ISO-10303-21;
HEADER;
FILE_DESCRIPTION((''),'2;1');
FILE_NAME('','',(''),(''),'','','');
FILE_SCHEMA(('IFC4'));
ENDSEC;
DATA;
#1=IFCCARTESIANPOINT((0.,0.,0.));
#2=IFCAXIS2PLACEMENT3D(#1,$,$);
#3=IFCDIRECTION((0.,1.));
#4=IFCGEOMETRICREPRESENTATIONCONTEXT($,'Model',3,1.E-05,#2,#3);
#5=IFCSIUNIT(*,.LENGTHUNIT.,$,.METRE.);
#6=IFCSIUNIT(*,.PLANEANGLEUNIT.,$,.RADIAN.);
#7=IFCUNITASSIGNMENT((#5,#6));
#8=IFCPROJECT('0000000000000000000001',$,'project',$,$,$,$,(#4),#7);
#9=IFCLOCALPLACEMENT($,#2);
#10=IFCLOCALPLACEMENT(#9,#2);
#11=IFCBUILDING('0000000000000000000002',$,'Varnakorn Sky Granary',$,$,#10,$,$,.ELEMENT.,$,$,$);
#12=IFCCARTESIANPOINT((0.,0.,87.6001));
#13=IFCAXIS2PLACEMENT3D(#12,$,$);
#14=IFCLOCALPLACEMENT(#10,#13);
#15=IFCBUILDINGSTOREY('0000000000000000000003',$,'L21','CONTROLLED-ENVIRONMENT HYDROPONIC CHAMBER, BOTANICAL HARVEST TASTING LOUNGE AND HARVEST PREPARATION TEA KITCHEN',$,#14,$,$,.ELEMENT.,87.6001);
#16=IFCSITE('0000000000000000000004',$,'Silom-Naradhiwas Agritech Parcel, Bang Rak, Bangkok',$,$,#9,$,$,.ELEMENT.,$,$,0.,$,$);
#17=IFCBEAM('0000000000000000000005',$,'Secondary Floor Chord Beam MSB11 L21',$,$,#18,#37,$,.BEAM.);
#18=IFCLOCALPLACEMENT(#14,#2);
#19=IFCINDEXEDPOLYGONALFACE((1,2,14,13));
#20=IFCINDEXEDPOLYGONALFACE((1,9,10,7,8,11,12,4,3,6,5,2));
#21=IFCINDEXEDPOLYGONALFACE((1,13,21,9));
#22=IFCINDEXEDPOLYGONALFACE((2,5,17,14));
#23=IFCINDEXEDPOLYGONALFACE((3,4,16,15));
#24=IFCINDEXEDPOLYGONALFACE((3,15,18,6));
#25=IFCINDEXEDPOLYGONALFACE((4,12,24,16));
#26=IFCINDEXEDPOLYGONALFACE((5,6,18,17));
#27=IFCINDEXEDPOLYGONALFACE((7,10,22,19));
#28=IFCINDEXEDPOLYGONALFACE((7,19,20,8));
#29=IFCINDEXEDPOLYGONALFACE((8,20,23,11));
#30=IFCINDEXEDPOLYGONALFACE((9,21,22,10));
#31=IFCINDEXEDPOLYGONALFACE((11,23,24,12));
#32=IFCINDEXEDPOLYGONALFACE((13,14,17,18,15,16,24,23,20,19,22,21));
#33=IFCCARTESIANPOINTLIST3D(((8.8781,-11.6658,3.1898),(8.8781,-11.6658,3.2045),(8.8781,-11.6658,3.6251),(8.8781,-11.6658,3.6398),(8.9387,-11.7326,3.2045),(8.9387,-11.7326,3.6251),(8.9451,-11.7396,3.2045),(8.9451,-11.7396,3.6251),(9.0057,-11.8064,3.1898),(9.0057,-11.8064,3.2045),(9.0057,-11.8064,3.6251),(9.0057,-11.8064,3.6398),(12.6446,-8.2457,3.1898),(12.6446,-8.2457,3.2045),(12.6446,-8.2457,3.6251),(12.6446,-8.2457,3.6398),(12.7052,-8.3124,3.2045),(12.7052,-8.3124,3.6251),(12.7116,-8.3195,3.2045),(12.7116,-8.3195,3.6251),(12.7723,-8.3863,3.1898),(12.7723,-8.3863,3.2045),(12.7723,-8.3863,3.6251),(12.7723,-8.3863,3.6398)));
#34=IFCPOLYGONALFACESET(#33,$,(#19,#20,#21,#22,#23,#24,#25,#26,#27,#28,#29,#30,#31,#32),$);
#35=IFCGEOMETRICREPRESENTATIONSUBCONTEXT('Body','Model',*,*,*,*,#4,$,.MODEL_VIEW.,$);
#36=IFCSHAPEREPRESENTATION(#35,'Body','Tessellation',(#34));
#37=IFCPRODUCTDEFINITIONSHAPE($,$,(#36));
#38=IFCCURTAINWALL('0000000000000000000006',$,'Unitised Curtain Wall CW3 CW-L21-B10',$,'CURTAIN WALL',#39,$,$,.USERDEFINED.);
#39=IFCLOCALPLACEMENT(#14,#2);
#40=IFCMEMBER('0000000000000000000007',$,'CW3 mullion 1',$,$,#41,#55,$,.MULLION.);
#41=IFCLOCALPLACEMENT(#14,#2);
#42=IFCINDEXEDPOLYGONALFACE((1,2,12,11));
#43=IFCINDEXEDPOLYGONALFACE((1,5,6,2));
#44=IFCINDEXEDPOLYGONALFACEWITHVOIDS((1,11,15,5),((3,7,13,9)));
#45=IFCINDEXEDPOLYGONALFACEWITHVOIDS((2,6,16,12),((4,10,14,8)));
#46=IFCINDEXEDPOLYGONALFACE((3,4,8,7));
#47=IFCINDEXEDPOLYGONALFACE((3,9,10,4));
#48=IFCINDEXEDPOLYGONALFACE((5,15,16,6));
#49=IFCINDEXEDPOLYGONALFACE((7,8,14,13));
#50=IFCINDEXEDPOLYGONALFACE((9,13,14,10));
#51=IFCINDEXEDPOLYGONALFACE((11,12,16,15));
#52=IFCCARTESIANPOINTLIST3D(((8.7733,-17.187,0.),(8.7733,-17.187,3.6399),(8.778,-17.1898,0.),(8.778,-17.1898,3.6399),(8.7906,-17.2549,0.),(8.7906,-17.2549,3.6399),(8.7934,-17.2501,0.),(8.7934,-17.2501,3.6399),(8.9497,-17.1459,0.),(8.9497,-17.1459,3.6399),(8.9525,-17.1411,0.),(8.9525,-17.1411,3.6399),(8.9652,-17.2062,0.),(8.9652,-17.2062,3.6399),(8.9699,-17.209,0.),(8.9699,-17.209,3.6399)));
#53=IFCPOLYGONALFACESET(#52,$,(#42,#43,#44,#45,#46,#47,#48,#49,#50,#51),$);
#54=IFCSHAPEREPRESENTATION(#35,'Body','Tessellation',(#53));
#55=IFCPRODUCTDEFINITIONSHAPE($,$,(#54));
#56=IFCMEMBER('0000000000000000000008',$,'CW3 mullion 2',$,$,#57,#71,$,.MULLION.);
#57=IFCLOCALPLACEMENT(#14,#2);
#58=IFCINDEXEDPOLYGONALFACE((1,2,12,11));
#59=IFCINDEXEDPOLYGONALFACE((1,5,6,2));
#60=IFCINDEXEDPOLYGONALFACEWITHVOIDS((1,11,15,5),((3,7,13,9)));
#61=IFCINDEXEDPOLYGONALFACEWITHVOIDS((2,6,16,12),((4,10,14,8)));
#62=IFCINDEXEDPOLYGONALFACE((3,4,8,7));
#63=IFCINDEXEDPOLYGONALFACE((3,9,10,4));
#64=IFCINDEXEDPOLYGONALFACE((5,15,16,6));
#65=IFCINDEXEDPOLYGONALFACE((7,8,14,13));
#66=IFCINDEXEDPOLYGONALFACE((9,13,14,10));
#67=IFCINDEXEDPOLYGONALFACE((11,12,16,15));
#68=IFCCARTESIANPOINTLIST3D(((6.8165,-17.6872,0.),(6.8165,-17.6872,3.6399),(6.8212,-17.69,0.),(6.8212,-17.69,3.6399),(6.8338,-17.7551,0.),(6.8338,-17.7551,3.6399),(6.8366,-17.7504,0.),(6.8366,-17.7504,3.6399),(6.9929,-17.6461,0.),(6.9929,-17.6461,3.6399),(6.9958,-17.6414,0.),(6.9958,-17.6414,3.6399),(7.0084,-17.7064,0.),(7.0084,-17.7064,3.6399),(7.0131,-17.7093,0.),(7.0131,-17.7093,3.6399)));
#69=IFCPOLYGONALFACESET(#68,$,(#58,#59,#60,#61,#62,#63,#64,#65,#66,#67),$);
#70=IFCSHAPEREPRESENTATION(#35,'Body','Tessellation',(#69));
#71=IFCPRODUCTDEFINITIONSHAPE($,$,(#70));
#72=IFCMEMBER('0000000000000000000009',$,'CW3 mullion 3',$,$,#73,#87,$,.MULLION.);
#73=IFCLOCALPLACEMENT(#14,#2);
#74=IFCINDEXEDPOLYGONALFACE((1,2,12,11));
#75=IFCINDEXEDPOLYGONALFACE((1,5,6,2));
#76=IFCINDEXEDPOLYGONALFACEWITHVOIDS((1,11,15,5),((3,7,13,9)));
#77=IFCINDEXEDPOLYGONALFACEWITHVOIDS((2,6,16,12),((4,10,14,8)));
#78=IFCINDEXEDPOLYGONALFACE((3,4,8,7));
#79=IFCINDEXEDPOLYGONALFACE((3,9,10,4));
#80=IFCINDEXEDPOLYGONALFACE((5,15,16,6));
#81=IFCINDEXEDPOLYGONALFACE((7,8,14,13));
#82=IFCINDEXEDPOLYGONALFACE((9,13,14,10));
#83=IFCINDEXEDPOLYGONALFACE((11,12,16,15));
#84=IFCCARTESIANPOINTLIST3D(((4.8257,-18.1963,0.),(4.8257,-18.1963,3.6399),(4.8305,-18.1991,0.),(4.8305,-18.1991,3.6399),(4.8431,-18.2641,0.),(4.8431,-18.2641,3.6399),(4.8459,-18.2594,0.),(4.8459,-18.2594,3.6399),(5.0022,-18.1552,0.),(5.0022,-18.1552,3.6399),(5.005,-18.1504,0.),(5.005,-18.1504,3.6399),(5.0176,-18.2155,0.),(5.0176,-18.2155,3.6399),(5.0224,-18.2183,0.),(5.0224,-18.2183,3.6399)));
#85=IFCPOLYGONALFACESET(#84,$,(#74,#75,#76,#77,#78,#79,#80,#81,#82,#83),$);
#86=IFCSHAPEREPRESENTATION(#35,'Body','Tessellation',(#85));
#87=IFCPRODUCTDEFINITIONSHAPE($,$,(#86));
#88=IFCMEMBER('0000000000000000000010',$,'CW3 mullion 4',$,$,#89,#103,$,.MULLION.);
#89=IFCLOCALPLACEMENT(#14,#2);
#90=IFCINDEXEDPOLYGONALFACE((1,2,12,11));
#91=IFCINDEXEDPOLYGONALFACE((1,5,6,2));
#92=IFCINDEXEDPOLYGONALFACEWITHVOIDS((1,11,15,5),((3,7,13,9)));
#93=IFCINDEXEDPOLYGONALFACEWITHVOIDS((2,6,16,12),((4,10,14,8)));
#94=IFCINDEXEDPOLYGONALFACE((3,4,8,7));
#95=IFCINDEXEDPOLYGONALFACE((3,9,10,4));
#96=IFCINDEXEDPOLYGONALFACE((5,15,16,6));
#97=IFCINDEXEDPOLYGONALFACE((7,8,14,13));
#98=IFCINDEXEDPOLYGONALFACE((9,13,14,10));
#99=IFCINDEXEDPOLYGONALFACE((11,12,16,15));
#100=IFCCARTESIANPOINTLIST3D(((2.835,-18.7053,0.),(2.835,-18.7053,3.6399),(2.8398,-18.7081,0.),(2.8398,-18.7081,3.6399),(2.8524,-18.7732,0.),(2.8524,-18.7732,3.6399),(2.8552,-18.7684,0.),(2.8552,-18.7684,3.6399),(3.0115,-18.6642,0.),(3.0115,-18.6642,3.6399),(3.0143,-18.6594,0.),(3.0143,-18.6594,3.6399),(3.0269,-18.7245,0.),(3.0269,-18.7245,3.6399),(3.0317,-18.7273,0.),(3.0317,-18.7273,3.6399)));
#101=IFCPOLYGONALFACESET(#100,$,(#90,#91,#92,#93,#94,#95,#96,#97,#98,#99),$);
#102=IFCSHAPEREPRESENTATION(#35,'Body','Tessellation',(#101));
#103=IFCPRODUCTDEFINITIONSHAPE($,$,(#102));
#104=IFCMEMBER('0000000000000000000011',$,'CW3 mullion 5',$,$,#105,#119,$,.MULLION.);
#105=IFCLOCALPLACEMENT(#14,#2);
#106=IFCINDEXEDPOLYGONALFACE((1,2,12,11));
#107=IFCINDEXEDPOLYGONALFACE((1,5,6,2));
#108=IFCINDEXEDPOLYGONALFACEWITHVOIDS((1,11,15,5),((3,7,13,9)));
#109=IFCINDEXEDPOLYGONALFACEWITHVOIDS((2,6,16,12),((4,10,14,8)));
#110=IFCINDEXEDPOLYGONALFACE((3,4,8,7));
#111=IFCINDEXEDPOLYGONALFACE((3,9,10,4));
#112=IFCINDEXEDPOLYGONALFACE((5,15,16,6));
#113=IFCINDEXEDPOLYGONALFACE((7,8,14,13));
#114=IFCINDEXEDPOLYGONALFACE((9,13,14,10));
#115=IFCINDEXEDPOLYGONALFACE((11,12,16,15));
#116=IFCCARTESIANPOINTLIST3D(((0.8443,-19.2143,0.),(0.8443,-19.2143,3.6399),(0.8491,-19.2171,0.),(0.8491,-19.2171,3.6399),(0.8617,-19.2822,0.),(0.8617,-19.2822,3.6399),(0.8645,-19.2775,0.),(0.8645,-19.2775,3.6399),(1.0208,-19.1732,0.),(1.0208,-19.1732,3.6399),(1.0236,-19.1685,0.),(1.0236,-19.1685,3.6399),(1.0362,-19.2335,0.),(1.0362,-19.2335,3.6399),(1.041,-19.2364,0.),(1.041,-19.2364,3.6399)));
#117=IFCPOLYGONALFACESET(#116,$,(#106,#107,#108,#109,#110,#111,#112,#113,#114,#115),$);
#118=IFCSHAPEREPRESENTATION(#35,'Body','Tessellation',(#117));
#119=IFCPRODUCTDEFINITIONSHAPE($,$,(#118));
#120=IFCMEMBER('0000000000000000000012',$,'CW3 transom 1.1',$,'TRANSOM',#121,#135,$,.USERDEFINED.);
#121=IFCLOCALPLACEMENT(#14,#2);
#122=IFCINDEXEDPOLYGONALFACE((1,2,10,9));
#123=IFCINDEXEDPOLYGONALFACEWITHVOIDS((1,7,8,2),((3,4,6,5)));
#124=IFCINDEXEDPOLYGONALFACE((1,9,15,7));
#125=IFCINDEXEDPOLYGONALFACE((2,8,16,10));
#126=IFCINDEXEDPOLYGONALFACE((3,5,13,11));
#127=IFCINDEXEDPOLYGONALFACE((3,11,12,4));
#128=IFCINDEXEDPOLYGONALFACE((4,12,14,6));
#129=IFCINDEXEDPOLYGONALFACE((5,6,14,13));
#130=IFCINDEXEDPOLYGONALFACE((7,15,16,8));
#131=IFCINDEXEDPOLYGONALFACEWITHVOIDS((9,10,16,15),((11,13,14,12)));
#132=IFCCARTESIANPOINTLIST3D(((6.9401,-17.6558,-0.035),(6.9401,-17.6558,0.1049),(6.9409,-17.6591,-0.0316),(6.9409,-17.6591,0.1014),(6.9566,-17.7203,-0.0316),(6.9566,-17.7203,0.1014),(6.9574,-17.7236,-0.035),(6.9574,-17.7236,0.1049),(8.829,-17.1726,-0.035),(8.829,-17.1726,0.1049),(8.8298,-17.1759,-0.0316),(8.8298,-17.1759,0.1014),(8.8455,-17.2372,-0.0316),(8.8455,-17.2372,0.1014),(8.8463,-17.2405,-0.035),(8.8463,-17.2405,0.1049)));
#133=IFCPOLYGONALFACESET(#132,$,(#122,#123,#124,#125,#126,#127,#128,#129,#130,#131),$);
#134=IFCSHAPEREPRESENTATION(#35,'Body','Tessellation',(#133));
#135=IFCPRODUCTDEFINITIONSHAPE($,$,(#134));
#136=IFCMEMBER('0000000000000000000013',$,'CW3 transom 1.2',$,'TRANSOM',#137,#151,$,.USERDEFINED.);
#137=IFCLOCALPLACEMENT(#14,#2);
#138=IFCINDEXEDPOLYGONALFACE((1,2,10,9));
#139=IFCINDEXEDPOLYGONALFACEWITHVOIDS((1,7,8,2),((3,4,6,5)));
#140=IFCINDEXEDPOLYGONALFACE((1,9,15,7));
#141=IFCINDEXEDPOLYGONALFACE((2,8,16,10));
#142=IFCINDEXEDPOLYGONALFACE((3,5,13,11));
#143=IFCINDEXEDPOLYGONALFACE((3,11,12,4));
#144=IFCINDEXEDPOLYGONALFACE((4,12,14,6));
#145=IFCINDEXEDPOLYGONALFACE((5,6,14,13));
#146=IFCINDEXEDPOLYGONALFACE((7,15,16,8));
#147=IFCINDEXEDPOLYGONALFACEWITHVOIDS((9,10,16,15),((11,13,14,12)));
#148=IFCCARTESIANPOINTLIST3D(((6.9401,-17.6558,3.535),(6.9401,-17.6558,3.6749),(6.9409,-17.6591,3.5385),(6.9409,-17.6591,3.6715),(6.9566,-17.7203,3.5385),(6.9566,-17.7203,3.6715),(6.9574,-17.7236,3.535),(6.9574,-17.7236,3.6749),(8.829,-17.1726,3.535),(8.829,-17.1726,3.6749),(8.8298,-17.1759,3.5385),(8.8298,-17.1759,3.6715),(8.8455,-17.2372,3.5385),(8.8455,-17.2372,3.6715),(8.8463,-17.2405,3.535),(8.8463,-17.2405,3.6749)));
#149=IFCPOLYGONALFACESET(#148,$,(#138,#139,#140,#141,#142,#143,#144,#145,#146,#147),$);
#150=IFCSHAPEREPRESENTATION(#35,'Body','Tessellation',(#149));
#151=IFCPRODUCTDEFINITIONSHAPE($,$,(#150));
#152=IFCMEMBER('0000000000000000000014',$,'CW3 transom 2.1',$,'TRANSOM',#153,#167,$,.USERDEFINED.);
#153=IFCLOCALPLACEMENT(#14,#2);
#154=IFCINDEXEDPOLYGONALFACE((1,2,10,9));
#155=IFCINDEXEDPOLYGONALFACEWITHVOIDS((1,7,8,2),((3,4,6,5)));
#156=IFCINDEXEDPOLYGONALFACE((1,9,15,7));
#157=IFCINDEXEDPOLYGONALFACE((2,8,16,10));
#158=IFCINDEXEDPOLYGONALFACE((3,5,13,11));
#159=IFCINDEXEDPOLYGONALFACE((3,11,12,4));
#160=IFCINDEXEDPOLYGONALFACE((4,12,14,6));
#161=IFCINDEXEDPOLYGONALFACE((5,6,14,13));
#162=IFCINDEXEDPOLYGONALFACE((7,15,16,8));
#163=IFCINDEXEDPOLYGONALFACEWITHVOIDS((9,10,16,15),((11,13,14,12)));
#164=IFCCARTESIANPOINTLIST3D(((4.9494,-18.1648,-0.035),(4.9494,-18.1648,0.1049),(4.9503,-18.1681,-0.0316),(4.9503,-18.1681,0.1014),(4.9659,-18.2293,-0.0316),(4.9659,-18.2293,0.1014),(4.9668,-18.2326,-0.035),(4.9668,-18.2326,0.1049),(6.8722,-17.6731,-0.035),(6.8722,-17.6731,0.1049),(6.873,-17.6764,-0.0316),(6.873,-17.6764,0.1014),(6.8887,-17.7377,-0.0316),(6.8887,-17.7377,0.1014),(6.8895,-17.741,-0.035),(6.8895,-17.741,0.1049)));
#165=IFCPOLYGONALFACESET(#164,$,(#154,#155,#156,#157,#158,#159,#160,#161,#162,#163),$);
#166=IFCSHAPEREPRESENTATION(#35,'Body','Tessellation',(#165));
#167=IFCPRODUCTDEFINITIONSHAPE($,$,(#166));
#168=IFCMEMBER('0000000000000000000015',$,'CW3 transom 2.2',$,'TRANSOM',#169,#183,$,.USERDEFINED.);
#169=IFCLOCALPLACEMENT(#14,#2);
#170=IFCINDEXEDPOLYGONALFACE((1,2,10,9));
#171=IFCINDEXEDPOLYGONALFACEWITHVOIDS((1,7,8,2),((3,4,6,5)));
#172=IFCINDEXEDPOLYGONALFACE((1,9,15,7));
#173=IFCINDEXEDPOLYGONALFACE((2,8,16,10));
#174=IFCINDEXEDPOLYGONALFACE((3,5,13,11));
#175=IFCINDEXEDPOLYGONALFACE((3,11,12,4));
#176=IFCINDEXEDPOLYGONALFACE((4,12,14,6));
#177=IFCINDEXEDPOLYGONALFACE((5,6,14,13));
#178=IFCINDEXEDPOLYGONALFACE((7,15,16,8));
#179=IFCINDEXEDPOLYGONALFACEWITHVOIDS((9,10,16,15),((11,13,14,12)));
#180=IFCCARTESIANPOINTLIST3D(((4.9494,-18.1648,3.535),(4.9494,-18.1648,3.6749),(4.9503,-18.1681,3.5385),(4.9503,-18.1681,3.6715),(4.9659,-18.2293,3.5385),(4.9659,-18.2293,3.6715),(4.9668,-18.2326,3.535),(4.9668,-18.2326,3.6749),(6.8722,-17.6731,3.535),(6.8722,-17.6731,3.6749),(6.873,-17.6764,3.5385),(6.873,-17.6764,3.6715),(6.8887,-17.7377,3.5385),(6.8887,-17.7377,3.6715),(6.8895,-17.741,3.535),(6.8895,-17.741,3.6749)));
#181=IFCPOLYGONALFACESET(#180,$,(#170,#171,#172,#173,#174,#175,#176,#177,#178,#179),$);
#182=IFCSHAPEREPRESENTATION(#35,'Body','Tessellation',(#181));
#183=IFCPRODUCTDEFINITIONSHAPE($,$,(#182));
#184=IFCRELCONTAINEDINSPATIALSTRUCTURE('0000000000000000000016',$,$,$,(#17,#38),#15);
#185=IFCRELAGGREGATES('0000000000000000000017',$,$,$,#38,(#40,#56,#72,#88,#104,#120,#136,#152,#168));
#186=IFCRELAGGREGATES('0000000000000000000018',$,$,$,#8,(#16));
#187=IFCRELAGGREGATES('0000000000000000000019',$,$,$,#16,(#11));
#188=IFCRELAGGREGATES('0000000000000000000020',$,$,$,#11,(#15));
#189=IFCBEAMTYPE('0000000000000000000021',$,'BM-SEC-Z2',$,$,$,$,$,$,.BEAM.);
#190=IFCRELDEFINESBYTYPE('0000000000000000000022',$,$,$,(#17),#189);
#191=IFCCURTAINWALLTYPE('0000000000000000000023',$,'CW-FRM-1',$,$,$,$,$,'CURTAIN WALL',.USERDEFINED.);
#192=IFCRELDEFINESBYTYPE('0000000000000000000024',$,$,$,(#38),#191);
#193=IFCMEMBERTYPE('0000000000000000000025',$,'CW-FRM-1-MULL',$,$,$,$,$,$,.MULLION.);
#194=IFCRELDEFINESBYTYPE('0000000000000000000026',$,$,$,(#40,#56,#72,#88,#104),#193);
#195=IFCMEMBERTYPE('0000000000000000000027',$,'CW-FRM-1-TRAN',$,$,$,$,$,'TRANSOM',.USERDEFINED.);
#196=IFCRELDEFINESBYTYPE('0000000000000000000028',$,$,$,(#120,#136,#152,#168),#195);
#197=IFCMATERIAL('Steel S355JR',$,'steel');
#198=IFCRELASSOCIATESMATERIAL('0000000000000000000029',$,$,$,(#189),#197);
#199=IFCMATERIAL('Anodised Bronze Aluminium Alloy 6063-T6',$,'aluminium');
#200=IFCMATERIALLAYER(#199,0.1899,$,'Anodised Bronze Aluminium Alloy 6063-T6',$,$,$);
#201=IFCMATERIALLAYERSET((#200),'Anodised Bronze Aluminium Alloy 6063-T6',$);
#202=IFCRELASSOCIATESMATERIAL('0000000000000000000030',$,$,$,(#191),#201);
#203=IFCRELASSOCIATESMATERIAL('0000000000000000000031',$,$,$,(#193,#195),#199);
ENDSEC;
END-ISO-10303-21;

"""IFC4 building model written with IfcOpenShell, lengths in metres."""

from ifc_helpers import new_model, si_unit, direction, frame, origin, origin_2d, place, context, subcontext, project, spatial, hollow_rectangle, i_section, extrude, material, layer, layer_set, material_profile, profile_set, type_object, element, aggregate, save


model = new_model("IFC4")

# Units and contexts
model_context = context("Model", 3, precision=1e-05, world=origin(), true_north=direction((0.0, 1.0)))
body_context = subcontext(model_context, "Body", "Model", "MODEL_VIEW")
ifc_project = project(units=[si_unit("LENGTHUNIT", "METRE"), si_unit("PLANEANGLEUNIT", "RADIAN")], contexts=[model_context])

# Site, building, storey
site_placement = place(None, origin())
site = spatial("IfcSite", under=ifc_project, at=site_placement, Name="Silom-Naradhiwas Agritech Parcel, Bang Rak, Bangkok", CompositionType="ELEMENT", RefElevation=0.0)
building_placement = place(site_placement, origin())
building = spatial("IfcBuilding", under=site, at=building_placement, Name="Varnakorn Sky Granary", CompositionType="ELEMENT")
storey_placement = place(building_placement, frame((0.0, 0.0, 87.6001)))
storey = spatial("IfcBuildingStorey", under=building, at=storey_placement, Name="L21", Description="CONTROLLED-ENVIRONMENT HYDROPONIC CHAMBER, BOTANICAL HARVEST TASTING LOUNGE AND HARVEST PREPARATION TEA KITCHEN", CompositionType="ELEMENT", Elevation=87.6001)

# Beam
ifc_material_1 = material(Name="Steel S355JR", Category="steel")
ifc_material_profile_1 = material_profile(ifc_material_1, i_section(OverallWidth=0.1899, OverallDepth=0.45, WebThickness=0.0095, FlangeThickness=0.0146, at=origin_2d()), Name="IPE 450")
ifc_profile_set_1 = profile_set([ifc_material_profile_1], Name="Steel S355JR")
beam_type = type_object("IfcBeamType", Name="BM-SEC-Z2", PredefinedType="BEAM", material=ifc_profile_set_1)
beam_placement = place(storey_placement, frame((8.9419, -11.7361, 3.4148), z_axis=(0.740333, 0.67224, 0.0), x_axis=(-0.67224, 0.740333, 0.0)))
element("IfcBeam", 1, at=beam_placement, inside=storey, type_object=beam_type, Name="Secondary Floor Chord Beam MSB11 L21", PredefinedType="BEAM", context=body_context, shape_type="SweptSolid", body=[
    extrude(i_section(OverallWidth=0.1899, OverallDepth=0.45, WebThickness=0.0095, FlangeThickness=0.0146, at=origin_2d()), origin(), (0.0, 0.0, 1.0), 5.0876),
])

# Curtain wall, members
ifc_material_2 = material(Name="Anodised Bronze Aluminium Alloy 6063-T6", Category="aluminium")
ifc_layer_1 = layer(ifc_material_2, 0.1899, Name="Anodised Bronze Aluminium Alloy 6063-T6")
ifc_layer_set_1 = layer_set([ifc_layer_1], Name="Anodised Bronze Aluminium Alloy 6063-T6")
curtain_wall_type = type_object("IfcCurtainWallType", Name="CW-FRM-1", ElementType="CURTAIN WALL", PredefinedType="USERDEFINED", material=ifc_layer_set_1)
curtain_wall_placement = place(storey_placement, origin())
curtain_wall = element("IfcCurtainWall", 2, at=curtain_wall_placement, inside=storey, type_object=curtain_wall_type, Name="Unitised Curtain Wall CW3 CW-L21-B10", ObjectType="CURTAIN WALL", PredefinedType="USERDEFINED")
ifc_material_profile_2 = material_profile(ifc_material_2, hollow_rectangle(XDim=0.0701, YDim=0.1851, WallThickness=0.0039, at=origin_2d()), Name="ALU MULL 70x185")
ifc_profile_set_2 = profile_set([ifc_material_profile_2], Name="Anodised Bronze Aluminium Alloy 6063-T6")
member_type_1 = type_object("IfcMemberType", Name="CW-FRM-1-MULL", PredefinedType="MULLION", material=ifc_profile_set_2)
member_1_placement = place(storey_placement, frame((8.8716, -17.198, 0.0), z_axis=(0.0, 0.0, 1.0), x_axis=(0.247729, -0.968829, 0.0)))
member_1 = element("IfcMember", 3, at=member_1_placement, type_object=member_type_1, Name="CW3 mullion 1", PredefinedType="MULLION", context=body_context, shape_type="SweptSolid", body=[
    extrude(hollow_rectangle(XDim=0.0701, YDim=0.1851, WallThickness=0.0039, at=origin_2d()), origin(), (0.0, 0.0, 1.0), 3.6399),
])
member_2_placement = place(storey_placement, frame((6.9148, -17.6982, 0.0), z_axis=(0.0, 0.0, 1.0), x_axis=(0.247729, -0.968829, 0.0)))
member_2 = element("IfcMember", 4, at=member_2_placement, type_object=member_type_1, Name="CW3 mullion 2", PredefinedType="MULLION", context=body_context, shape_type="SweptSolid", body=[
    extrude(hollow_rectangle(XDim=0.0701, YDim=0.1851, WallThickness=0.0039, at=origin_2d()), origin(), (0.0, 0.0, 1.0), 3.6399),
])
member_3_placement = place(storey_placement, frame((4.9241, -18.2073, 0.0), z_axis=(0.0, 0.0, 1.0), x_axis=(0.247729, -0.968829, 0.0)))
member_3 = element("IfcMember", 5, at=member_3_placement, type_object=member_type_1, Name="CW3 mullion 3", PredefinedType="MULLION", context=body_context, shape_type="SweptSolid", body=[
    extrude(hollow_rectangle(XDim=0.0701, YDim=0.1851, WallThickness=0.0039, at=origin_2d()), origin(), (0.0, 0.0, 1.0), 3.6399),
])
member_4_placement = place(storey_placement, frame((2.9333, -18.7163, 0.0), z_axis=(0.0, 0.0, 1.0), x_axis=(0.247729, -0.968829, 0.0)))
member_4 = element("IfcMember", 6, at=member_4_placement, type_object=member_type_1, Name="CW3 mullion 4", PredefinedType="MULLION", context=body_context, shape_type="SweptSolid", body=[
    extrude(hollow_rectangle(XDim=0.0701, YDim=0.1851, WallThickness=0.0039, at=origin_2d()), origin(), (0.0, 0.0, 1.0), 3.6399),
])
member_5_placement = place(storey_placement, frame((0.9426, -19.2253, 0.0), z_axis=(0.0, 0.0, 1.0), x_axis=(0.247729, -0.968829, 0.0)))
member_5 = element("IfcMember", 7, at=member_5_placement, type_object=member_type_1, Name="CW3 mullion 5", PredefinedType="MULLION", context=body_context, shape_type="SweptSolid", body=[
    extrude(hollow_rectangle(XDim=0.0701, YDim=0.1851, WallThickness=0.0039, at=origin_2d()), origin(), (0.0, 0.0, 1.0), 3.6399),
])
ifc_material_profile_3 = material_profile(ifc_material_2, hollow_rectangle(XDim=0.0701, YDim=0.1399, WallThickness=0.0034, at=origin_2d()), Name="ALU TRAN 70x140")
ifc_profile_set_3 = profile_set([ifc_material_profile_3], Name="Anodised Bronze Aluminium Alloy 6063-T6")
member_type_2 = type_object("IfcMemberType", Name="CW-FRM-1-TRAN", ElementType="TRANSOM", PredefinedType="USERDEFINED", material=ifc_profile_set_3)
member_6_placement = place(storey_placement, frame((8.8376, -17.2065, 0.0349), z_axis=(-0.96881, -0.247806, 0.0), x_axis=(0.247806, -0.96881, 0.0)))
member_6 = element("IfcMember", 8, at=member_6_placement, type_object=member_type_2, Name="CW3 transom 1.1", ObjectType="TRANSOM", PredefinedType="USERDEFINED", context=body_context, shape_type="SweptSolid", body=[
    extrude(hollow_rectangle(XDim=0.0701, YDim=0.1399, WallThickness=0.0034, at=origin_2d()), origin(), (0.0, 0.0, 1.0), 1.9497),
])
member_7_placement = place(storey_placement, frame((8.8376, -17.2065, 3.605), z_axis=(-0.96881, -0.247806, 0.0), x_axis=(0.247806, -0.96881, 0.0)))
member_7 = element("IfcMember", 9, at=member_7_placement, type_object=member_type_2, Name="CW3 transom 1.2", ObjectType="TRANSOM", PredefinedType="USERDEFINED", context=body_context, shape_type="SweptSolid", body=[
    extrude(hollow_rectangle(XDim=0.0701, YDim=0.1399, WallThickness=0.0034, at=origin_2d()), origin(), (0.0, 0.0, 1.0), 1.9497),
])
member_8_placement = place(storey_placement, frame((6.8809, -17.707, 0.0349), z_axis=(-0.968826, -0.247742, 0.0), x_axis=(0.247742, -0.968826, 0.0)))
member_8 = element("IfcMember", 10, at=member_8_placement, type_object=member_type_2, Name="CW3 transom 2.1", ObjectType="TRANSOM", PredefinedType="USERDEFINED", context=body_context, shape_type="SweptSolid", body=[
    extrude(hollow_rectangle(XDim=0.0701, YDim=0.1399, WallThickness=0.0034, at=origin_2d()), origin(), (0.0, 0.0, 1.0), 1.9846),
])
member_9_placement = place(storey_placement, frame((6.8809, -17.707, 3.605), z_axis=(-0.968826, -0.247742, 0.0), x_axis=(0.247742, -0.968826, 0.0)))
member_9 = element("IfcMember", 11, at=member_9_placement, type_object=member_type_2, Name="CW3 transom 2.2", ObjectType="TRANSOM", PredefinedType="USERDEFINED", context=body_context, shape_type="SweptSolid", body=[
    extrude(hollow_rectangle(XDim=0.0701, YDim=0.1399, WallThickness=0.0034, at=origin_2d()), origin(), (0.0, 0.0, 1.0), 1.9846),
])
aggregate(curtain_wall, [member_1, member_2, member_3, member_4, member_5, member_6, member_7, member_8, member_9])

save(model, "model.ifc")
